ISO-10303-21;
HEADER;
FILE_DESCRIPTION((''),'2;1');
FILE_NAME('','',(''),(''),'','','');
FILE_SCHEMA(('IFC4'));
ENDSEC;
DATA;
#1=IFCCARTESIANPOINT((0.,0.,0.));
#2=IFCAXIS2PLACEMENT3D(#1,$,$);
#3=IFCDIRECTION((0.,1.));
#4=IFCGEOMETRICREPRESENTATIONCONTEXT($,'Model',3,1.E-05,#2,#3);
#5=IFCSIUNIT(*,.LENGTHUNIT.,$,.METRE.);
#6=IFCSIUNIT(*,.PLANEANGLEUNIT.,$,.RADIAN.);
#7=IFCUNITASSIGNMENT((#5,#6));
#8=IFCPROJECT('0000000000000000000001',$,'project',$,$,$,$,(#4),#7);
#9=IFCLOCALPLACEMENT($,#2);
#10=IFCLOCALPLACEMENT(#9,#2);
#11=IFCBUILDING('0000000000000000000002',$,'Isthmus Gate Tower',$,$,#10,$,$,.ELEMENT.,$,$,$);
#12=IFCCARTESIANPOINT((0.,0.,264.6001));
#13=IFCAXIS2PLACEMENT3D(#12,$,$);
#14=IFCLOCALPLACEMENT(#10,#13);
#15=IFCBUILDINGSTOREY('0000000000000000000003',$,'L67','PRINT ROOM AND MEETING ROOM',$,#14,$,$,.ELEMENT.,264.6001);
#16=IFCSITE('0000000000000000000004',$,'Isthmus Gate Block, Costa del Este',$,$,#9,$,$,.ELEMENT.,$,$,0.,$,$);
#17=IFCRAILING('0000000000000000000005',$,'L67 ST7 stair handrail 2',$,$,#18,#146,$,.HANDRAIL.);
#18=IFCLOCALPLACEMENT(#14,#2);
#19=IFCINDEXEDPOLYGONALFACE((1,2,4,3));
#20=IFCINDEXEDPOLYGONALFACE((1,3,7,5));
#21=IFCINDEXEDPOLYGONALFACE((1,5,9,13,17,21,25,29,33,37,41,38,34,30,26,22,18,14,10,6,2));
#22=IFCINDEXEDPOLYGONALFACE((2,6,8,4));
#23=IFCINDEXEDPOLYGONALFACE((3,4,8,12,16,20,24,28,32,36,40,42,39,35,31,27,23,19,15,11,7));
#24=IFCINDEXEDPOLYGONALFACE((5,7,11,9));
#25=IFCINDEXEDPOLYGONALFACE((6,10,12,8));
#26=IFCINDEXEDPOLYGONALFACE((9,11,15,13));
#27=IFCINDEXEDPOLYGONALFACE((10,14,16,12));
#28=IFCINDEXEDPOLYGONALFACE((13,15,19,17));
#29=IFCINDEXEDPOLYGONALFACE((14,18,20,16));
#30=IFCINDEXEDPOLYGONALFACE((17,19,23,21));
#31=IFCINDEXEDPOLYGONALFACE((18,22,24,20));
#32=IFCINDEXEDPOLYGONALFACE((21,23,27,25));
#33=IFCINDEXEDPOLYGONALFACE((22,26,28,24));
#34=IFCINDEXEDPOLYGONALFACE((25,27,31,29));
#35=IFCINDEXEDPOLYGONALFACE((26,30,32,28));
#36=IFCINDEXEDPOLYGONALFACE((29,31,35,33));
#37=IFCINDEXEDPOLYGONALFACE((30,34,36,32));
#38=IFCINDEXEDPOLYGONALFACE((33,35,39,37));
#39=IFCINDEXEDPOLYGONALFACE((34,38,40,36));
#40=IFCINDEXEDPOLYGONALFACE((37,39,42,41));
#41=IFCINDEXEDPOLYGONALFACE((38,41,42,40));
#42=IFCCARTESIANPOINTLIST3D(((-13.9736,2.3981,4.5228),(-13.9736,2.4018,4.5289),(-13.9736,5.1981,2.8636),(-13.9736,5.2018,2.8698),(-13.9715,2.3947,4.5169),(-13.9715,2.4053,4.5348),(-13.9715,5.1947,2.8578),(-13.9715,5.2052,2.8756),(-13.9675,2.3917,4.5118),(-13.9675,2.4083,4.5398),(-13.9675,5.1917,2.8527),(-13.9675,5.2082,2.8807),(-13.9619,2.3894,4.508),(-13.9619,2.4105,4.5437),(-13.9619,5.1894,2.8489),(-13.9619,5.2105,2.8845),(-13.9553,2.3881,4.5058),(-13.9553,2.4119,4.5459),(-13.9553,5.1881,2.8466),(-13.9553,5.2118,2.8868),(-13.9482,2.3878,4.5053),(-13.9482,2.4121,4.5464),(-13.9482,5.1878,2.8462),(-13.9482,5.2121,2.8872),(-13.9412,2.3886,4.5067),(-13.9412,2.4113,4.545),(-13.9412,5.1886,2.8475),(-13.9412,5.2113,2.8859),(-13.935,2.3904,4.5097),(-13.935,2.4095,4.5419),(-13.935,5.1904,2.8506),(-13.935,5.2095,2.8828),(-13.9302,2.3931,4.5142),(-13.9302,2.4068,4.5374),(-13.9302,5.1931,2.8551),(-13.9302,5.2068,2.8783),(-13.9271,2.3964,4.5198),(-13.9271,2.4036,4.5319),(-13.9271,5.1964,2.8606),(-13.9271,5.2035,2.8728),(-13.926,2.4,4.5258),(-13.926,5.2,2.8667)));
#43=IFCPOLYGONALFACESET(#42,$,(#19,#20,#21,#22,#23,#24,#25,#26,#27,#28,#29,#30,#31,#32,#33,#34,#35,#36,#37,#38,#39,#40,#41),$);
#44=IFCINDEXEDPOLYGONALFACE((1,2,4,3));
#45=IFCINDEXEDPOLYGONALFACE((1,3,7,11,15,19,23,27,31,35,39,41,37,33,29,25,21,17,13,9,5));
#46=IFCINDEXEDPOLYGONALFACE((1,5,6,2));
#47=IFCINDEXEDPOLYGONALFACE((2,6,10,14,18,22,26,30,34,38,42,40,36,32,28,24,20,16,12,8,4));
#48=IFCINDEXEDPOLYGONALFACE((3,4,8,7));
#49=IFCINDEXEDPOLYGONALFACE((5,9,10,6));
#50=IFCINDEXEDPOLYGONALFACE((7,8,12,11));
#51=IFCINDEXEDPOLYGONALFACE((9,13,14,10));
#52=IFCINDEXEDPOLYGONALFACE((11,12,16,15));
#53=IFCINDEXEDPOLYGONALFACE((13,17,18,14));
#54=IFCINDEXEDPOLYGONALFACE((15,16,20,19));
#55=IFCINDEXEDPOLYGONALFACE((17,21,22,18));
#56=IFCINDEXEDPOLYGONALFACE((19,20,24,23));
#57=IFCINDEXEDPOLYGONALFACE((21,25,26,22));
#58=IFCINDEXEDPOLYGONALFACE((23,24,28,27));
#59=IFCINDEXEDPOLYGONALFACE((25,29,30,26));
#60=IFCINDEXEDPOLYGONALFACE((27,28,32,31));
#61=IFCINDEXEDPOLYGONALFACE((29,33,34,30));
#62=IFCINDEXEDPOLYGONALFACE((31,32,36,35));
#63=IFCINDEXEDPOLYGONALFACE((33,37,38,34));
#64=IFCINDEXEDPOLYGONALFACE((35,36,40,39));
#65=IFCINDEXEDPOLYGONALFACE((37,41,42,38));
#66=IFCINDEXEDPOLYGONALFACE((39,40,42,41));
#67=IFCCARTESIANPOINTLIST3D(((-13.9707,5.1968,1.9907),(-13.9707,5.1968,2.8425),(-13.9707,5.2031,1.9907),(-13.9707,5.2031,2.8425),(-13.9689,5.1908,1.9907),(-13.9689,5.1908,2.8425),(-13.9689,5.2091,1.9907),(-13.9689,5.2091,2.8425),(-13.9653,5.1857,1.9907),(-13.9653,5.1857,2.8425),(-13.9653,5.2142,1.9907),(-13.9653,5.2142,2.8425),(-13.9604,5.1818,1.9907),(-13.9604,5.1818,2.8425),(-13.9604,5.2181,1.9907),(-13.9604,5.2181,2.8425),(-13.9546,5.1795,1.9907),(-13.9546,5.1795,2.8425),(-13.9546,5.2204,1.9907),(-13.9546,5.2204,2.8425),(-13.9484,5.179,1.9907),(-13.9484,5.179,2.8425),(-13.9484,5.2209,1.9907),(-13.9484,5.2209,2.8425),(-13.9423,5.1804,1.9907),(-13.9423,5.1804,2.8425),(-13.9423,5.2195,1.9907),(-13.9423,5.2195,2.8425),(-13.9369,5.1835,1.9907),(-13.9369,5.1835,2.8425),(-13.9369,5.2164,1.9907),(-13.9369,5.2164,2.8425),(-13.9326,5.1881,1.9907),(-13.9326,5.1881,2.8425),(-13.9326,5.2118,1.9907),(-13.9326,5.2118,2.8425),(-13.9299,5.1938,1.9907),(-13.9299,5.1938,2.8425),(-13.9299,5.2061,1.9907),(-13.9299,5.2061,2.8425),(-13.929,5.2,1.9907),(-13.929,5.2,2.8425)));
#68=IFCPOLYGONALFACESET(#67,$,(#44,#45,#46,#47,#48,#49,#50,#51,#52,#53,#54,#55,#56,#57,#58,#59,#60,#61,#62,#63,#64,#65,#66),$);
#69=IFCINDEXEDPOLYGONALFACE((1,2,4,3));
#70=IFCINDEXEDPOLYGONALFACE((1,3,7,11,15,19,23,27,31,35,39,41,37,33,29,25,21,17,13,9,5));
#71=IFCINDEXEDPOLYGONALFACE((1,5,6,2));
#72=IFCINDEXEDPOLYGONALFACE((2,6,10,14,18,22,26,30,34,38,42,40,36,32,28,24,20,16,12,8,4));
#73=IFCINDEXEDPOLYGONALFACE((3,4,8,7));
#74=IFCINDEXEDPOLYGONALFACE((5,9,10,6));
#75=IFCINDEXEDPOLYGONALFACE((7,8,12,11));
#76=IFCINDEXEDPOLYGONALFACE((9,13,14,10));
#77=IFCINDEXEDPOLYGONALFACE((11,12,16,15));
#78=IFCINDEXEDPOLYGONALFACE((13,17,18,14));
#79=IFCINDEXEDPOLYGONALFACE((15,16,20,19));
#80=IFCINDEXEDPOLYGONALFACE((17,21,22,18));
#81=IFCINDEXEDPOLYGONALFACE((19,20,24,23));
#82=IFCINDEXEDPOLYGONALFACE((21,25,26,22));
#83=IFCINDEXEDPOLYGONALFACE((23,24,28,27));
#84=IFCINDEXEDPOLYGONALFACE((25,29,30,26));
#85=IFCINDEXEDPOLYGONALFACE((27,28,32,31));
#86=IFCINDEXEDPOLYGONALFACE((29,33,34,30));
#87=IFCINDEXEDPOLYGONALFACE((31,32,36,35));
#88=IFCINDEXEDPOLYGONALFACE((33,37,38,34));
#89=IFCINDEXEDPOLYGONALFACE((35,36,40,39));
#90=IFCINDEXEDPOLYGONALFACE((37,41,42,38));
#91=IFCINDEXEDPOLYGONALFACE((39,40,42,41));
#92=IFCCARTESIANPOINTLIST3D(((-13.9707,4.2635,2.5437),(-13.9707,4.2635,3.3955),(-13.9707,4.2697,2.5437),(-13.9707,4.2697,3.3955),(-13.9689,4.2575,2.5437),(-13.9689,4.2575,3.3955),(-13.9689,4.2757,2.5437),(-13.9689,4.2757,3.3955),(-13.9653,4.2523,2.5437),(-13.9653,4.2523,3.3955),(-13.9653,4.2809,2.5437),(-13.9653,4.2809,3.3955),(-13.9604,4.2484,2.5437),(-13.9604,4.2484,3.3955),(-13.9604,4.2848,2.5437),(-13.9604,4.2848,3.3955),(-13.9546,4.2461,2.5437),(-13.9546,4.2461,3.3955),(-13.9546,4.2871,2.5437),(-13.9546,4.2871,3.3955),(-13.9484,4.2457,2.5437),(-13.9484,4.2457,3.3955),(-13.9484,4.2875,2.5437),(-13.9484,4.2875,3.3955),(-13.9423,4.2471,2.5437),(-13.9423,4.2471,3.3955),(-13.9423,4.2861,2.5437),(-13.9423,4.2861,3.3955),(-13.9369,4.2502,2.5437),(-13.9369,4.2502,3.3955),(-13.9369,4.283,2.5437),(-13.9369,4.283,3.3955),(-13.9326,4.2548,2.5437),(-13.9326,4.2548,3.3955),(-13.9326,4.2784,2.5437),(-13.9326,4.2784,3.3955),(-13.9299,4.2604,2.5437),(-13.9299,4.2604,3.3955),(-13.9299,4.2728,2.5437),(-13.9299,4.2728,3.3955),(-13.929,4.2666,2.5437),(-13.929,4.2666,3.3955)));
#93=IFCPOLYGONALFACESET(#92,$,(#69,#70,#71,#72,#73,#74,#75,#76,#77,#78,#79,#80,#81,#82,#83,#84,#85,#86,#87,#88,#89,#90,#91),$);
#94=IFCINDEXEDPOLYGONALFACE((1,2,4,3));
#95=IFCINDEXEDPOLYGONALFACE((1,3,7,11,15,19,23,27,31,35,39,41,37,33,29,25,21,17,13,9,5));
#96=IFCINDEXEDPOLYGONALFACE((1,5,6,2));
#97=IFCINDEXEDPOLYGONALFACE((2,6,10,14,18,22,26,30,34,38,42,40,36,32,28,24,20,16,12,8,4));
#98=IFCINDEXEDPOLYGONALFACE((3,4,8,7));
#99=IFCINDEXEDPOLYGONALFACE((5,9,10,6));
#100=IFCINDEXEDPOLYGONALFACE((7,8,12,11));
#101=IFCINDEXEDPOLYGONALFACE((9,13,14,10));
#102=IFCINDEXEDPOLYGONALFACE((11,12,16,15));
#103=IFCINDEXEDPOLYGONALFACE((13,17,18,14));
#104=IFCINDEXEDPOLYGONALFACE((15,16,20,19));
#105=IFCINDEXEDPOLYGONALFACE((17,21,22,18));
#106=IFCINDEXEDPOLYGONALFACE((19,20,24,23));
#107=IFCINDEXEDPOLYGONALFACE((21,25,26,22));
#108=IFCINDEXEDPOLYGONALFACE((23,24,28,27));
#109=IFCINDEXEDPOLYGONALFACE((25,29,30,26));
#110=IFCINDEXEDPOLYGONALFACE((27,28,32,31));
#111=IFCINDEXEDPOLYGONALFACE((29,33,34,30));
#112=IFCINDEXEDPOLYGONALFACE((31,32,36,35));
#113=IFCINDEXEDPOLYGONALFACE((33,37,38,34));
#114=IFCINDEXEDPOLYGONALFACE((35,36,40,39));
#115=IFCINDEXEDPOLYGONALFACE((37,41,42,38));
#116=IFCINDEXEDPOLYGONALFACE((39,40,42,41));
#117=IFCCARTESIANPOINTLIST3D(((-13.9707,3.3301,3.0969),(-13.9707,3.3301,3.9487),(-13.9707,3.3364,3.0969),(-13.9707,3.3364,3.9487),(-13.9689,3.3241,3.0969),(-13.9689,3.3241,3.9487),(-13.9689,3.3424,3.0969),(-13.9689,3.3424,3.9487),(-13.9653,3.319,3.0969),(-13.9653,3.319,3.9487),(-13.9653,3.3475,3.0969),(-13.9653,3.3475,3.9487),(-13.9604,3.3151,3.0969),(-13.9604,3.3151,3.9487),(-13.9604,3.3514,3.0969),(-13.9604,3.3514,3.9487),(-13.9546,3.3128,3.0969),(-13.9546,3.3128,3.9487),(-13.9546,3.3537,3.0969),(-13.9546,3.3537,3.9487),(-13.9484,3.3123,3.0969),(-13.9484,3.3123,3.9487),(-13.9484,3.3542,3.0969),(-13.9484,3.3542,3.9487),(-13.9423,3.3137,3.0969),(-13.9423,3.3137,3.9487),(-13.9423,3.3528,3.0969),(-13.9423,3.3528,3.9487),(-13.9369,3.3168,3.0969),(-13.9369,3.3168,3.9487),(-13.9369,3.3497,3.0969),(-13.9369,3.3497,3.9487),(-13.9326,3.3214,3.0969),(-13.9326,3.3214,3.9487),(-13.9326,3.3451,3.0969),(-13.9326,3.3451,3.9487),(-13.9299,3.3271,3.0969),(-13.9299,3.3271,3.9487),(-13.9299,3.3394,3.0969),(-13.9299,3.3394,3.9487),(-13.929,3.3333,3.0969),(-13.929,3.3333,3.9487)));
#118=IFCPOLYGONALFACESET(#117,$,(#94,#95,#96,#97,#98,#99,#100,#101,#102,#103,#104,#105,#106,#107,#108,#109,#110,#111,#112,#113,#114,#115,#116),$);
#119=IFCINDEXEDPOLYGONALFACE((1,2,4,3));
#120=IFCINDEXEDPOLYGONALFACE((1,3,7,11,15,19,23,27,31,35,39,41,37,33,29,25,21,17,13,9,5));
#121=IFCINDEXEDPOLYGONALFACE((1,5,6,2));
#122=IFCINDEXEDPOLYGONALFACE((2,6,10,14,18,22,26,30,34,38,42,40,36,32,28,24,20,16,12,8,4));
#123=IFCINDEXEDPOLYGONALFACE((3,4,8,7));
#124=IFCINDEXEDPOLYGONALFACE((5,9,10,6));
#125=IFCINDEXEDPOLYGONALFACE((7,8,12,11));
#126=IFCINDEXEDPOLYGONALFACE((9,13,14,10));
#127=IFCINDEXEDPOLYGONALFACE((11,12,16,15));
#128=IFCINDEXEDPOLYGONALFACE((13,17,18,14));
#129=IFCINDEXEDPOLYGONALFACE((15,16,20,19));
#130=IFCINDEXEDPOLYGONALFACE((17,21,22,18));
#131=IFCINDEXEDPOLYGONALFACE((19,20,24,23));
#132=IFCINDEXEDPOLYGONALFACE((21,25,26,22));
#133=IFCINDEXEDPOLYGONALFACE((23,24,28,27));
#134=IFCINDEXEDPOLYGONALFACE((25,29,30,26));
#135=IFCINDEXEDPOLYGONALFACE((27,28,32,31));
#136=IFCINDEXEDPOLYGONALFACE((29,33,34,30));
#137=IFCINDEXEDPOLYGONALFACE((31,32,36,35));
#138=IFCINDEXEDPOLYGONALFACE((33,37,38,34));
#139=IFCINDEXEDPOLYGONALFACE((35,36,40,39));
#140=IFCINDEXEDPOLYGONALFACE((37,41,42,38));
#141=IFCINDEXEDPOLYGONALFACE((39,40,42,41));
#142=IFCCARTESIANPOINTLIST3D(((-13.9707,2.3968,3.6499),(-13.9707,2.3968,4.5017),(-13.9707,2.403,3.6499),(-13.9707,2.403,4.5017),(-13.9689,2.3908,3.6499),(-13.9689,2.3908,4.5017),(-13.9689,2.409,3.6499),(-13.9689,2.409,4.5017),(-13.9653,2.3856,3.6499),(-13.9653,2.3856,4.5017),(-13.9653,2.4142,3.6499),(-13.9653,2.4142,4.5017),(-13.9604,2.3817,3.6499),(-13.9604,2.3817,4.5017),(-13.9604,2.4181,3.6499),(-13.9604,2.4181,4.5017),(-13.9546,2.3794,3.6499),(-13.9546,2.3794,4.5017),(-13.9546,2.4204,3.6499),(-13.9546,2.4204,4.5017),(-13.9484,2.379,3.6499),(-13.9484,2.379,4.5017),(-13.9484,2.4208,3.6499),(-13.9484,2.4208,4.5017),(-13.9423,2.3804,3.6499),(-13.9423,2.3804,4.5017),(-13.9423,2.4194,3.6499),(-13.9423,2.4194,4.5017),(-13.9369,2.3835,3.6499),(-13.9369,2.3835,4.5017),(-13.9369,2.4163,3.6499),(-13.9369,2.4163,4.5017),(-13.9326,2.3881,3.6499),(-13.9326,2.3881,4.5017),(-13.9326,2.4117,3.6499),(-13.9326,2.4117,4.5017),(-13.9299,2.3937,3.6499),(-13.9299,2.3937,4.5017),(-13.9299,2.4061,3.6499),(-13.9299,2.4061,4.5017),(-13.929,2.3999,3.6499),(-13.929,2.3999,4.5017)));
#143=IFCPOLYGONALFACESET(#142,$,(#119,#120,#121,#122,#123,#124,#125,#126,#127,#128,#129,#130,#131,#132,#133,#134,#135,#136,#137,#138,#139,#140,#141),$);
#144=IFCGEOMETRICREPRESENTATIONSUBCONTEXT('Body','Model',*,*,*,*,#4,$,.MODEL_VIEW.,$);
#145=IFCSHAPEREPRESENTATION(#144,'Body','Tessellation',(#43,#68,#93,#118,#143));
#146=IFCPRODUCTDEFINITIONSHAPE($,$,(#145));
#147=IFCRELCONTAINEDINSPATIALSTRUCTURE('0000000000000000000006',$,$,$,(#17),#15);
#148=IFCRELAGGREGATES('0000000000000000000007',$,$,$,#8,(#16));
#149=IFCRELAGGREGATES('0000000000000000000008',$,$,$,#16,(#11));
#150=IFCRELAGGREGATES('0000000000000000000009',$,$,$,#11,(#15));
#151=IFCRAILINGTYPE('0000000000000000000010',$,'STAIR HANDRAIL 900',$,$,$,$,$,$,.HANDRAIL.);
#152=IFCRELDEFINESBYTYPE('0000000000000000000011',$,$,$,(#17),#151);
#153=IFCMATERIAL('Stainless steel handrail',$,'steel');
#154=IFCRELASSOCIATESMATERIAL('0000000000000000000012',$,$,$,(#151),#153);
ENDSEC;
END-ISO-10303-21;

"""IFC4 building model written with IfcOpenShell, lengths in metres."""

from ifc_helpers import new_model, si_unit, direction, frame, origin, origin_2d, place, context, subcontext, project, spatial, circle, extrude, material, type_object, element, save


model = new_model("IFC4")

# Units and contexts
model_context = context("Model", 3, precision=1e-05, world=origin(), true_north=direction((0.0, 1.0)))
body_context = subcontext(model_context, "Body", "Model", "MODEL_VIEW")
ifc_project = project(units=[si_unit("LENGTHUNIT", "METRE"), si_unit("PLANEANGLEUNIT", "RADIAN")], contexts=[model_context])

# Site, building, storey
site_placement = place(None, origin())
site = spatial("IfcSite", under=ifc_project, at=site_placement, Name="Isthmus Gate Block, Costa del Este", CompositionType="ELEMENT", RefElevation=0.0)
building_placement = place(site_placement, origin())
building = spatial("IfcBuilding", under=site, at=building_placement, Name="Isthmus Gate Tower", CompositionType="ELEMENT")
storey_placement = place(building_placement, frame((0.0, 0.0, 264.6001)))
storey = spatial("IfcBuildingStorey", under=building, at=storey_placement, Name="L67", Description="PRINT ROOM AND MEETING ROOM", CompositionType="ELEMENT", Elevation=264.6001)

# Railing
ifc_material_1 = material(Name="Stainless steel handrail", Category="steel")
railing_type_1 = type_object("IfcRailingType", Name="STAIR HANDRAIL 900", PredefinedType="HANDRAIL", material=ifc_material_1)
railing_1_placement = place(storey_placement, frame((-13.95, 5.2, 1.9907)))
element("IfcRailing", 1, at=railing_1_placement, inside=storey, type_object=railing_type_1, Name="L67 ST7 stair handrail 2", PredefinedType="HANDRAIL", context=body_context, shape_type="SweptSolid", body=[
    extrude(circle(Radius=0.0239, at=origin_2d()), frame((0.0, 0.0, 0.876), z_axis=(0.0, -0.860306, 0.509778), x_axis=(1.0, 0.0, 0.0)), (0.0, 0.0, 1.0), 3.2546),
    extrude(circle(Radius=0.021, at=origin_2d()), origin(), (0.0, 0.0, 1.0), 0.8518),
    extrude(circle(Radius=0.021, at=origin_2d()), frame((0.0, -0.9333, 0.553)), (0.0, 0.0, 1.0), 0.8518),
    extrude(circle(Radius=0.021, at=origin_2d()), frame((0.0, -1.8667, 1.1062)), (0.0, 0.0, 1.0), 0.8518),
    extrude(circle(Radius=0.021, at=origin_2d()), frame((0.0, -2.8, 1.6592)), (0.0, 0.0, 1.0), 0.8518),
])

save(model, "model.ifc")
